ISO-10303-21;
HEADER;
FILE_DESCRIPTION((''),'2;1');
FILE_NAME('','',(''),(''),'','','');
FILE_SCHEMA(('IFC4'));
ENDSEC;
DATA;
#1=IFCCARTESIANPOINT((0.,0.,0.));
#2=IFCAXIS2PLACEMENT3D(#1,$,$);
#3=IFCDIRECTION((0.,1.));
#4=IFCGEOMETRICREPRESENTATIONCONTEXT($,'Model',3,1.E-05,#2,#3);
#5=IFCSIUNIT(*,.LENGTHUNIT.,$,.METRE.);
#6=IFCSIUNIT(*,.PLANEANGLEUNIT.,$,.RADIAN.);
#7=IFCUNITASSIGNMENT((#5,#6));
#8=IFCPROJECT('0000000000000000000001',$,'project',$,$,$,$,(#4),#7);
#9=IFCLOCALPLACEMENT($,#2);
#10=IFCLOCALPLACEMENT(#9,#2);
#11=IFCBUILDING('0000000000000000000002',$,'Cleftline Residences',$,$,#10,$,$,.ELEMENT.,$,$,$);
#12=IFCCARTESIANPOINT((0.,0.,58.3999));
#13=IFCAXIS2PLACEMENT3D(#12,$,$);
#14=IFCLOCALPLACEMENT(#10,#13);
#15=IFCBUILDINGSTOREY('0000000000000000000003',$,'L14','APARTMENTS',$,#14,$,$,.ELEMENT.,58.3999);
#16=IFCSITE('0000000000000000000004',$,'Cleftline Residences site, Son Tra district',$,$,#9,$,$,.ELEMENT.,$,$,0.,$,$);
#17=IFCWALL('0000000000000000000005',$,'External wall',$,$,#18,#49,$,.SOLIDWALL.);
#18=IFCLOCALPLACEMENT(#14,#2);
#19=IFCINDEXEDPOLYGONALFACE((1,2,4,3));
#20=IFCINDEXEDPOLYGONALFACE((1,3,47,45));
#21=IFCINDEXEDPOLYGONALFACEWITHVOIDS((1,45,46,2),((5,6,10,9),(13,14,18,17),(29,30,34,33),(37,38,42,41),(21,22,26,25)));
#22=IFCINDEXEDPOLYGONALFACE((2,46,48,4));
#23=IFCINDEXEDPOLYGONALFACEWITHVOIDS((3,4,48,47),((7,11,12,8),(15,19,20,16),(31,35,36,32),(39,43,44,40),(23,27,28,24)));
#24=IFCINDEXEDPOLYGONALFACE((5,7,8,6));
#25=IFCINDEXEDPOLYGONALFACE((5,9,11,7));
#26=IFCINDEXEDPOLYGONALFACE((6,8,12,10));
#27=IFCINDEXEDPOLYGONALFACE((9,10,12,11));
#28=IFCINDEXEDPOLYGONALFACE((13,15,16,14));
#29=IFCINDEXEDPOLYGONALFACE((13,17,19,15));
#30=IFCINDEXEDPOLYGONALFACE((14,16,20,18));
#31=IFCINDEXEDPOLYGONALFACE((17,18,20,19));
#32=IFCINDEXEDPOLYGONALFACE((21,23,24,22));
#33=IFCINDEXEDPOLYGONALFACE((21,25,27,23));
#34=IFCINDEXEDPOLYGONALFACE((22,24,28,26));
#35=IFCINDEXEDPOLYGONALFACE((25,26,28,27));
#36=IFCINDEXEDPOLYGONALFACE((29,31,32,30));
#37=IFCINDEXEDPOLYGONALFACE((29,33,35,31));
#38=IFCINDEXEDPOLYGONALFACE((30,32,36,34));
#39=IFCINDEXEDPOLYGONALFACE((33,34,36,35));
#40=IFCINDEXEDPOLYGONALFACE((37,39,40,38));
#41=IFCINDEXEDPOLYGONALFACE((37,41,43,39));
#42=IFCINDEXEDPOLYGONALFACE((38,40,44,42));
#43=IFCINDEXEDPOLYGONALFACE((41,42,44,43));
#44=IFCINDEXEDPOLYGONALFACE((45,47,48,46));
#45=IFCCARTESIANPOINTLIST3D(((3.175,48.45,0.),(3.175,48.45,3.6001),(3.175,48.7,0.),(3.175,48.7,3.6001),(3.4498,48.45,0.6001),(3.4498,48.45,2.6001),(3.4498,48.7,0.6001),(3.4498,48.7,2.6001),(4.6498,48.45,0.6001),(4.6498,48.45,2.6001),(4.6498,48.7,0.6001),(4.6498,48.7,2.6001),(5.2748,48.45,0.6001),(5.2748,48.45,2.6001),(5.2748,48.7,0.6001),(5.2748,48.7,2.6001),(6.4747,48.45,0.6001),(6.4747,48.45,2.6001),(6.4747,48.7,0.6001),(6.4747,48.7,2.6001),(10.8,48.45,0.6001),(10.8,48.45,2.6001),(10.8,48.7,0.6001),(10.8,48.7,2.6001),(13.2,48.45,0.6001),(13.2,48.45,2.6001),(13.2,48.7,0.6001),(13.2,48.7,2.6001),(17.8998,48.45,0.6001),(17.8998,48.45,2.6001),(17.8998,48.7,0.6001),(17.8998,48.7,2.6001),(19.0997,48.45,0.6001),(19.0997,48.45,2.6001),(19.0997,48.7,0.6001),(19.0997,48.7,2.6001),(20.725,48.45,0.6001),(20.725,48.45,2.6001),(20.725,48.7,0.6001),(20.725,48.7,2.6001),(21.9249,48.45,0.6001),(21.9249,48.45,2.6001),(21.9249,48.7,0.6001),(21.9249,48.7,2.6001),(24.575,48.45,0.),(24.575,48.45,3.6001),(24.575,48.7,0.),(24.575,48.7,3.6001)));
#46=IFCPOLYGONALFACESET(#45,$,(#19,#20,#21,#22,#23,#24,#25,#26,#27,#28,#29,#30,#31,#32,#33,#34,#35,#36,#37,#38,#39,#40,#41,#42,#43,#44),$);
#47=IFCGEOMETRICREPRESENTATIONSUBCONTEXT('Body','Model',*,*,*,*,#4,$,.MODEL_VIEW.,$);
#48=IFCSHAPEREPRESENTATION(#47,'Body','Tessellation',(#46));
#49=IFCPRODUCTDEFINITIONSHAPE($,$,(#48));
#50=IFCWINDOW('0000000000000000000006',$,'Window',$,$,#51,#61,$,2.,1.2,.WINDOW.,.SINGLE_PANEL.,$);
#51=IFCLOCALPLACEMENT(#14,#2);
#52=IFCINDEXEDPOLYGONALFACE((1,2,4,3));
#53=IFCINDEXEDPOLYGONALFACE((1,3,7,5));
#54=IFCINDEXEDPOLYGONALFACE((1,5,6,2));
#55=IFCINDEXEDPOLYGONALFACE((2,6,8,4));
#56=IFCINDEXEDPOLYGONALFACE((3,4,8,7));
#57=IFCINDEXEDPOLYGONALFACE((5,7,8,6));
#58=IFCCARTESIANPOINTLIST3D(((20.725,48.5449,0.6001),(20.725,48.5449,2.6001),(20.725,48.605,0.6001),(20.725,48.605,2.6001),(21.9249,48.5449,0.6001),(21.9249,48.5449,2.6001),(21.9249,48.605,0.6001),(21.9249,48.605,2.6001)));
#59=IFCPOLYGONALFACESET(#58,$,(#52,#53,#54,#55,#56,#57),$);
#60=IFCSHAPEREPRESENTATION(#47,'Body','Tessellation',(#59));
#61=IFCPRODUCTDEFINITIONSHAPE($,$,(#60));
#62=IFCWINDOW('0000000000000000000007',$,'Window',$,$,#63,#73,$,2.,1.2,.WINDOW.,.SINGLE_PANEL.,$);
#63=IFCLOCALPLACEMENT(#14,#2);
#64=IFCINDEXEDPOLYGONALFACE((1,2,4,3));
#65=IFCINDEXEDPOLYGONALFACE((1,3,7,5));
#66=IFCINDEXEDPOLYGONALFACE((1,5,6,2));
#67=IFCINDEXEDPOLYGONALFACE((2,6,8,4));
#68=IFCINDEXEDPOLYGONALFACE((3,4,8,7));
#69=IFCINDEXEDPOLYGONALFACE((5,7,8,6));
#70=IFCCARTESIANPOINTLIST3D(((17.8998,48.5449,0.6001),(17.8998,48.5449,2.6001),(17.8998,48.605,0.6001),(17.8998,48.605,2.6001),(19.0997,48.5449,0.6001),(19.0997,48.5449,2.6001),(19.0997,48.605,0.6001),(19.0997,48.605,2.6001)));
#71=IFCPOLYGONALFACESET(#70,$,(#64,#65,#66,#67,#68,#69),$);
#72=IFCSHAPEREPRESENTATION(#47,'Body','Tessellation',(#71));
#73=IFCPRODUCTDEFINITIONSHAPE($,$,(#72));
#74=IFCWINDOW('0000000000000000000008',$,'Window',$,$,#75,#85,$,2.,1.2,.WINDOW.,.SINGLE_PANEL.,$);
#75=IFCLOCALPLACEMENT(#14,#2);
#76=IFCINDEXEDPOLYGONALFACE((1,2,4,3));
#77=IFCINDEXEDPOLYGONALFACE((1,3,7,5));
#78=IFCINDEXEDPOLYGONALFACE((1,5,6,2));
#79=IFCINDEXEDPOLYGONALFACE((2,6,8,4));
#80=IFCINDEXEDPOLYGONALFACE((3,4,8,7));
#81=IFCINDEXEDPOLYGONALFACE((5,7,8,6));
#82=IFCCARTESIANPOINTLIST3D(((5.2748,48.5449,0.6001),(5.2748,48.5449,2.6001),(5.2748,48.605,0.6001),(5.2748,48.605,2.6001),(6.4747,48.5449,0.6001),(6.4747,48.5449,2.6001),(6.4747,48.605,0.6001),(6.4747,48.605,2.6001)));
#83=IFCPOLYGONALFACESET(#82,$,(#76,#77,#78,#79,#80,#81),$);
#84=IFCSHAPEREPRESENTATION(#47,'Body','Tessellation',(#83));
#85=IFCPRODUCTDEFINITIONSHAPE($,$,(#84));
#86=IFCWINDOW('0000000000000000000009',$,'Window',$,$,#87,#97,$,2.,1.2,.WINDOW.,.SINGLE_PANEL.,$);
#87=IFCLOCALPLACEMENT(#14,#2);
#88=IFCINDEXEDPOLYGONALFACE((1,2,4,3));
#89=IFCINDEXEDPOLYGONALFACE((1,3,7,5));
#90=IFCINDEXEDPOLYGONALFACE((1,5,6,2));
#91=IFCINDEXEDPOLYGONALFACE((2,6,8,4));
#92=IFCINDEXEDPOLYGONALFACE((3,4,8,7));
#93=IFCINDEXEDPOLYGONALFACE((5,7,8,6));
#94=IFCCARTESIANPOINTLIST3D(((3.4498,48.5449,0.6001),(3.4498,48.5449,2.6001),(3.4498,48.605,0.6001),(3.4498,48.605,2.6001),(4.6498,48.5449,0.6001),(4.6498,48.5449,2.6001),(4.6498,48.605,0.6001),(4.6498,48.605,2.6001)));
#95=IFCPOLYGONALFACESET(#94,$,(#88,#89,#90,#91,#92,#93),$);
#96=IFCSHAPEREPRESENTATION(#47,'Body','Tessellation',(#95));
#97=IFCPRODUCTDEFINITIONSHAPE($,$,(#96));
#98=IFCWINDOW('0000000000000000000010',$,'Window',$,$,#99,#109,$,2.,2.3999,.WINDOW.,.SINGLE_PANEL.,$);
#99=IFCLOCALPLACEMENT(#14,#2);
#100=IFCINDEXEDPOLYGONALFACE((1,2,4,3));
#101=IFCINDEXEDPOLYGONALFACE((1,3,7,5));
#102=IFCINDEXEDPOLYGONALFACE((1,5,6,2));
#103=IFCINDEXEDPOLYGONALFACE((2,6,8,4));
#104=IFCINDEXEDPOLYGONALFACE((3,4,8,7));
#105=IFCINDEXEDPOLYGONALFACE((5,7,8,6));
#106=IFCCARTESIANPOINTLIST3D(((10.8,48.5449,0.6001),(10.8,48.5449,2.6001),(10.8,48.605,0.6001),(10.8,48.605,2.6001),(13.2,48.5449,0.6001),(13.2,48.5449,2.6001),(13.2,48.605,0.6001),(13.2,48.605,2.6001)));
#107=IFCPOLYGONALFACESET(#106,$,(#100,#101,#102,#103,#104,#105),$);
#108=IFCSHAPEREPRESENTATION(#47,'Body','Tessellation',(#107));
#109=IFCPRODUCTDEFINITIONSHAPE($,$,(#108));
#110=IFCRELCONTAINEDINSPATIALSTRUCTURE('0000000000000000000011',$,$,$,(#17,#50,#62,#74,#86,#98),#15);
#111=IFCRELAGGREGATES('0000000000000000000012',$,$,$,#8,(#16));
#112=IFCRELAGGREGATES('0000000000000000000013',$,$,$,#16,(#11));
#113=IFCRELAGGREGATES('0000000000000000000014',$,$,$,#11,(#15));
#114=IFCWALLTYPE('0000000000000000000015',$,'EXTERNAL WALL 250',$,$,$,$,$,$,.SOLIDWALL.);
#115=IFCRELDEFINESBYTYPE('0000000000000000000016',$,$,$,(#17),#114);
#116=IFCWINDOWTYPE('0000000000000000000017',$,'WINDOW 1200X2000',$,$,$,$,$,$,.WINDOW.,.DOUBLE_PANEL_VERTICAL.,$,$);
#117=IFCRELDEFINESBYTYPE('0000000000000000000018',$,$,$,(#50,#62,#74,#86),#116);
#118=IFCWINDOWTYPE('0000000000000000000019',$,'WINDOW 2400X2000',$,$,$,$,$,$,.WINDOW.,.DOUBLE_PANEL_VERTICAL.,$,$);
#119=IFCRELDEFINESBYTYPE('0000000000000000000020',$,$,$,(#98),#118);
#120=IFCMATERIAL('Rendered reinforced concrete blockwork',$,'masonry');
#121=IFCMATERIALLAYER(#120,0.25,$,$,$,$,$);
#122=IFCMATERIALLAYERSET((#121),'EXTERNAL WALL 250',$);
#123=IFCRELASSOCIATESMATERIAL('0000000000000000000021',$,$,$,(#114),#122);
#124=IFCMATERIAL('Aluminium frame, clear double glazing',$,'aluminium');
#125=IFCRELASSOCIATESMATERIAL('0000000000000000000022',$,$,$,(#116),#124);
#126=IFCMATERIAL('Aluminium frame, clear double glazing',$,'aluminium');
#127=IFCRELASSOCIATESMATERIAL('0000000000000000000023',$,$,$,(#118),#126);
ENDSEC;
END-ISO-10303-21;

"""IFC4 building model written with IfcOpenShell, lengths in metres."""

from ifc_helpers import new_model, si_unit, direction, frame, frame_2d, origin, place, context, subcontext, project, spatial, rectangle, extrude, material, layer, layer_set, type_object, element, fill, save


model = new_model("IFC4")

# Units and contexts
model_context = context("Model", 3, precision=1e-05, world=origin(), true_north=direction((0.0, 1.0)))
body_context = subcontext(model_context, "Body", "Model", "MODEL_VIEW")
ifc_project = project(units=[si_unit("LENGTHUNIT", "METRE"), si_unit("PLANEANGLEUNIT", "RADIAN")], contexts=[model_context])

# Site, building, storey
site_placement = place(None, origin())
site = spatial("IfcSite", under=ifc_project, at=site_placement, Name="Cleftline Residences site, Son Tra district", CompositionType="ELEMENT", RefElevation=0.0)
building_placement = place(site_placement, origin())
building = spatial("IfcBuilding", under=site, at=building_placement, Name="Cleftline Residences", CompositionType="ELEMENT")
storey_placement = place(building_placement, frame((0.0, 0.0, 58.3999)))
storey = spatial("IfcBuildingStorey", under=building, at=storey_placement, Name="L14", Description="APARTMENTS", CompositionType="ELEMENT", Elevation=58.3999)

# Wall, openings, windows
ifc_material_1 = material(Name="Rendered reinforced concrete blockwork", Category="masonry")
ifc_layer_1 = layer(ifc_material_1, 0.25)
ifc_layer_set_1 = layer_set([ifc_layer_1], Name="EXTERNAL WALL 250")
wall_type = type_object("IfcWallType", Name="EXTERNAL WALL 250", PredefinedType="SOLIDWALL", material=ifc_layer_set_1)
wall_placement = place(storey_placement, frame((24.575, 48.575, 0.0), z_axis=(0.0, 0.0, 1.0), x_axis=(-1.0, 0.0, 0.0)))
wall = element("IfcWall", 1, at=wall_placement, inside=storey, type_object=wall_type, Name="External wall", PredefinedType="SOLIDWALL", context=body_context, shape_type="SweptSolid", body=[
    extrude(rectangle(XDim=21.3999, YDim=0.25, at=frame_2d((10.7, 0.0))), origin(), (0.0, 0.0, 1.0), 3.6001),
])
opening_1_placement = place(wall_placement, frame((2.6499, 0.0, 0.6001)))
opening_1 = element("IfcOpeningElement", 2, at=opening_1_placement, cuts=wall, PredefinedType="OPENING", context=body_context, shape_type="SweptSolid", body=[
    extrude(rectangle(XDim=1.2, YDim=2.0, at=frame_2d((0.6001, 1.0))), frame((0.0, 0.135, 0.0), z_axis=(0.0, -1.0, 0.0), x_axis=(1.0, 0.0, 0.0)), (0.0, 0.0, 1.0), 0.27),
])
opening_2_placement = place(wall_placement, frame((5.4751, 0.0, 0.6001)))
opening_2 = element("IfcOpeningElement", 3, at=opening_2_placement, cuts=wall, PredefinedType="OPENING", context=body_context, shape_type="SweptSolid", body=[
    extrude(rectangle(XDim=1.2, YDim=2.0, at=frame_2d((0.6001, 1.0))), frame((0.0, 0.135, 0.0), z_axis=(0.0, -1.0, 0.0), x_axis=(1.0, 0.0, 0.0)), (0.0, 0.0, 1.0), 0.27),
])
opening_3_placement = place(wall_placement, frame((11.375, 0.0, 0.6001)))
opening_3 = element("IfcOpeningElement", 4, at=opening_3_placement, cuts=wall, PredefinedType="OPENING", context=body_context, shape_type="SweptSolid", body=[
    extrude(rectangle(XDim=2.3999, YDim=2.0, at=frame_2d((1.2, 1.0))), frame((0.0, 0.135, 0.0), z_axis=(0.0, -1.0, 0.0), x_axis=(1.0, 0.0, 0.0)), (0.0, 0.0, 1.0), 0.27),
])
opening_4_placement = place(wall_placement, frame((18.1001, 0.0, 0.6001)))
opening_4 = element("IfcOpeningElement", 5, at=opening_4_placement, cuts=wall, PredefinedType="OPENING", context=body_context, shape_type="SweptSolid", body=[
    extrude(rectangle(XDim=1.2, YDim=2.0, at=frame_2d((0.6001, 1.0))), frame((0.0, 0.135, 0.0), z_axis=(0.0, -1.0, 0.0), x_axis=(1.0, 0.0, 0.0)), (0.0, 0.0, 1.0), 0.27),
])
opening_5_placement = place(wall_placement, frame((19.925, 0.0, 0.6001)))
opening_5 = element("IfcOpeningElement", 6, at=opening_5_placement, cuts=wall, PredefinedType="OPENING", context=body_context, shape_type="SweptSolid", body=[
    extrude(rectangle(XDim=1.2, YDim=2.0, at=frame_2d((0.6001, 1.0))), frame((0.0, 0.135, 0.0), z_axis=(0.0, -1.0, 0.0), x_axis=(1.0, 0.0, 0.0)), (0.0, 0.0, 1.0), 0.27),
])
ifc_material_2 = material(Name="Aluminium frame, clear double glazing", Category="aluminium")
window_type_1 = type_object("IfcWindowType", Name="WINDOW 1200X2000", PartitioningType="DOUBLE_PANEL_VERTICAL", PredefinedType="WINDOW", material=ifc_material_2)
window_1_placement = place(opening_1_placement, origin())
window_1 = element("IfcWindow", 7, at=window_1_placement, inside=storey, type_object=window_type_1, Name="Window", OverallHeight=2.0, OverallWidth=1.2, PartitioningType="SINGLE_PANEL", PredefinedType="WINDOW", context=body_context, shape_type="SweptSolid", body=[
    extrude(rectangle(XDim=1.2, YDim=2.0, at=frame_2d((0.6001, 1.0))), frame((0.0, 0.03, 0.0), z_axis=(0.0, -1.0, 0.0), x_axis=(1.0, 0.0, 0.0)), (0.0, 0.0, 1.0), 0.0601),
])
fill(opening_1, window_1)
window_2_placement = place(opening_2_placement, origin())
window_2 = element("IfcWindow", 8, at=window_2_placement, inside=storey, type_object=window_type_1, Name="Window", OverallHeight=2.0, OverallWidth=1.2, PartitioningType="SINGLE_PANEL", PredefinedType="WINDOW", context=body_context, shape_type="SweptSolid", body=[
    extrude(rectangle(XDim=1.2, YDim=2.0, at=frame_2d((0.6001, 1.0))), frame((0.0, 0.03, 0.0), z_axis=(0.0, -1.0, 0.0), x_axis=(1.0, 0.0, 0.0)), (0.0, 0.0, 1.0), 0.0601),
])
fill(opening_2, window_2)
window_3_placement = place(opening_4_placement, origin())
window_3 = element("IfcWindow", 9, at=window_3_placement, inside=storey, type_object=window_type_1, Name="Window", OverallHeight=2.0, OverallWidth=1.2, PartitioningType="SINGLE_PANEL", PredefinedType="WINDOW", context=body_context, shape_type="SweptSolid", body=[
    extrude(rectangle(XDim=1.2, YDim=2.0, at=frame_2d((0.6001, 1.0))), frame((0.0, 0.03, 0.0), z_axis=(0.0, -1.0, 0.0), x_axis=(1.0, 0.0, 0.0)), (0.0, 0.0, 1.0), 0.0601),
])
fill(opening_4, window_3)
window_4_placement = place(opening_5_placement, origin())
window_4 = element("IfcWindow", 10, at=window_4_placement, inside=storey, type_object=window_type_1, Name="Window", OverallHeight=2.0, OverallWidth=1.2, PartitioningType="SINGLE_PANEL", PredefinedType="WINDOW", context=body_context, shape_type="SweptSolid", body=[
    extrude(rectangle(XDim=1.2, YDim=2.0, at=frame_2d((0.6001, 1.0))), frame((0.0, 0.03, 0.0), z_axis=(0.0, -1.0, 0.0), x_axis=(1.0, 0.0, 0.0)), (0.0, 0.0, 1.0), 0.0601),
])
fill(opening_5, window_4)
ifc_material_3 = material(Name="Aluminium frame, clear double glazing", Category="aluminium")
window_type_2 = type_object("IfcWindowType", Name="WINDOW 2400X2000", PartitioningType="DOUBLE_PANEL_VERTICAL", PredefinedType="WINDOW", material=ifc_material_3)
window_5_placement = place(opening_3_placement, origin())
window_5 = element("IfcWindow", 11, at=window_5_placement, inside=storey, type_object=window_type_2, Name="Window", OverallHeight=2.0, OverallWidth=2.3999, PartitioningType="SINGLE_PANEL", PredefinedType="WINDOW", context=body_context, shape_type="SweptSolid", body=[
    extrude(rectangle(XDim=2.3999, YDim=2.0, at=frame_2d((1.2, 1.0))), frame((0.0, 0.03, 0.0), z_axis=(0.0, -1.0, 0.0), x_axis=(1.0, 0.0, 0.0)), (0.0, 0.0, 1.0), 0.0601),
])
fill(opening_3, window_5)

save(model, "model.ifc")
